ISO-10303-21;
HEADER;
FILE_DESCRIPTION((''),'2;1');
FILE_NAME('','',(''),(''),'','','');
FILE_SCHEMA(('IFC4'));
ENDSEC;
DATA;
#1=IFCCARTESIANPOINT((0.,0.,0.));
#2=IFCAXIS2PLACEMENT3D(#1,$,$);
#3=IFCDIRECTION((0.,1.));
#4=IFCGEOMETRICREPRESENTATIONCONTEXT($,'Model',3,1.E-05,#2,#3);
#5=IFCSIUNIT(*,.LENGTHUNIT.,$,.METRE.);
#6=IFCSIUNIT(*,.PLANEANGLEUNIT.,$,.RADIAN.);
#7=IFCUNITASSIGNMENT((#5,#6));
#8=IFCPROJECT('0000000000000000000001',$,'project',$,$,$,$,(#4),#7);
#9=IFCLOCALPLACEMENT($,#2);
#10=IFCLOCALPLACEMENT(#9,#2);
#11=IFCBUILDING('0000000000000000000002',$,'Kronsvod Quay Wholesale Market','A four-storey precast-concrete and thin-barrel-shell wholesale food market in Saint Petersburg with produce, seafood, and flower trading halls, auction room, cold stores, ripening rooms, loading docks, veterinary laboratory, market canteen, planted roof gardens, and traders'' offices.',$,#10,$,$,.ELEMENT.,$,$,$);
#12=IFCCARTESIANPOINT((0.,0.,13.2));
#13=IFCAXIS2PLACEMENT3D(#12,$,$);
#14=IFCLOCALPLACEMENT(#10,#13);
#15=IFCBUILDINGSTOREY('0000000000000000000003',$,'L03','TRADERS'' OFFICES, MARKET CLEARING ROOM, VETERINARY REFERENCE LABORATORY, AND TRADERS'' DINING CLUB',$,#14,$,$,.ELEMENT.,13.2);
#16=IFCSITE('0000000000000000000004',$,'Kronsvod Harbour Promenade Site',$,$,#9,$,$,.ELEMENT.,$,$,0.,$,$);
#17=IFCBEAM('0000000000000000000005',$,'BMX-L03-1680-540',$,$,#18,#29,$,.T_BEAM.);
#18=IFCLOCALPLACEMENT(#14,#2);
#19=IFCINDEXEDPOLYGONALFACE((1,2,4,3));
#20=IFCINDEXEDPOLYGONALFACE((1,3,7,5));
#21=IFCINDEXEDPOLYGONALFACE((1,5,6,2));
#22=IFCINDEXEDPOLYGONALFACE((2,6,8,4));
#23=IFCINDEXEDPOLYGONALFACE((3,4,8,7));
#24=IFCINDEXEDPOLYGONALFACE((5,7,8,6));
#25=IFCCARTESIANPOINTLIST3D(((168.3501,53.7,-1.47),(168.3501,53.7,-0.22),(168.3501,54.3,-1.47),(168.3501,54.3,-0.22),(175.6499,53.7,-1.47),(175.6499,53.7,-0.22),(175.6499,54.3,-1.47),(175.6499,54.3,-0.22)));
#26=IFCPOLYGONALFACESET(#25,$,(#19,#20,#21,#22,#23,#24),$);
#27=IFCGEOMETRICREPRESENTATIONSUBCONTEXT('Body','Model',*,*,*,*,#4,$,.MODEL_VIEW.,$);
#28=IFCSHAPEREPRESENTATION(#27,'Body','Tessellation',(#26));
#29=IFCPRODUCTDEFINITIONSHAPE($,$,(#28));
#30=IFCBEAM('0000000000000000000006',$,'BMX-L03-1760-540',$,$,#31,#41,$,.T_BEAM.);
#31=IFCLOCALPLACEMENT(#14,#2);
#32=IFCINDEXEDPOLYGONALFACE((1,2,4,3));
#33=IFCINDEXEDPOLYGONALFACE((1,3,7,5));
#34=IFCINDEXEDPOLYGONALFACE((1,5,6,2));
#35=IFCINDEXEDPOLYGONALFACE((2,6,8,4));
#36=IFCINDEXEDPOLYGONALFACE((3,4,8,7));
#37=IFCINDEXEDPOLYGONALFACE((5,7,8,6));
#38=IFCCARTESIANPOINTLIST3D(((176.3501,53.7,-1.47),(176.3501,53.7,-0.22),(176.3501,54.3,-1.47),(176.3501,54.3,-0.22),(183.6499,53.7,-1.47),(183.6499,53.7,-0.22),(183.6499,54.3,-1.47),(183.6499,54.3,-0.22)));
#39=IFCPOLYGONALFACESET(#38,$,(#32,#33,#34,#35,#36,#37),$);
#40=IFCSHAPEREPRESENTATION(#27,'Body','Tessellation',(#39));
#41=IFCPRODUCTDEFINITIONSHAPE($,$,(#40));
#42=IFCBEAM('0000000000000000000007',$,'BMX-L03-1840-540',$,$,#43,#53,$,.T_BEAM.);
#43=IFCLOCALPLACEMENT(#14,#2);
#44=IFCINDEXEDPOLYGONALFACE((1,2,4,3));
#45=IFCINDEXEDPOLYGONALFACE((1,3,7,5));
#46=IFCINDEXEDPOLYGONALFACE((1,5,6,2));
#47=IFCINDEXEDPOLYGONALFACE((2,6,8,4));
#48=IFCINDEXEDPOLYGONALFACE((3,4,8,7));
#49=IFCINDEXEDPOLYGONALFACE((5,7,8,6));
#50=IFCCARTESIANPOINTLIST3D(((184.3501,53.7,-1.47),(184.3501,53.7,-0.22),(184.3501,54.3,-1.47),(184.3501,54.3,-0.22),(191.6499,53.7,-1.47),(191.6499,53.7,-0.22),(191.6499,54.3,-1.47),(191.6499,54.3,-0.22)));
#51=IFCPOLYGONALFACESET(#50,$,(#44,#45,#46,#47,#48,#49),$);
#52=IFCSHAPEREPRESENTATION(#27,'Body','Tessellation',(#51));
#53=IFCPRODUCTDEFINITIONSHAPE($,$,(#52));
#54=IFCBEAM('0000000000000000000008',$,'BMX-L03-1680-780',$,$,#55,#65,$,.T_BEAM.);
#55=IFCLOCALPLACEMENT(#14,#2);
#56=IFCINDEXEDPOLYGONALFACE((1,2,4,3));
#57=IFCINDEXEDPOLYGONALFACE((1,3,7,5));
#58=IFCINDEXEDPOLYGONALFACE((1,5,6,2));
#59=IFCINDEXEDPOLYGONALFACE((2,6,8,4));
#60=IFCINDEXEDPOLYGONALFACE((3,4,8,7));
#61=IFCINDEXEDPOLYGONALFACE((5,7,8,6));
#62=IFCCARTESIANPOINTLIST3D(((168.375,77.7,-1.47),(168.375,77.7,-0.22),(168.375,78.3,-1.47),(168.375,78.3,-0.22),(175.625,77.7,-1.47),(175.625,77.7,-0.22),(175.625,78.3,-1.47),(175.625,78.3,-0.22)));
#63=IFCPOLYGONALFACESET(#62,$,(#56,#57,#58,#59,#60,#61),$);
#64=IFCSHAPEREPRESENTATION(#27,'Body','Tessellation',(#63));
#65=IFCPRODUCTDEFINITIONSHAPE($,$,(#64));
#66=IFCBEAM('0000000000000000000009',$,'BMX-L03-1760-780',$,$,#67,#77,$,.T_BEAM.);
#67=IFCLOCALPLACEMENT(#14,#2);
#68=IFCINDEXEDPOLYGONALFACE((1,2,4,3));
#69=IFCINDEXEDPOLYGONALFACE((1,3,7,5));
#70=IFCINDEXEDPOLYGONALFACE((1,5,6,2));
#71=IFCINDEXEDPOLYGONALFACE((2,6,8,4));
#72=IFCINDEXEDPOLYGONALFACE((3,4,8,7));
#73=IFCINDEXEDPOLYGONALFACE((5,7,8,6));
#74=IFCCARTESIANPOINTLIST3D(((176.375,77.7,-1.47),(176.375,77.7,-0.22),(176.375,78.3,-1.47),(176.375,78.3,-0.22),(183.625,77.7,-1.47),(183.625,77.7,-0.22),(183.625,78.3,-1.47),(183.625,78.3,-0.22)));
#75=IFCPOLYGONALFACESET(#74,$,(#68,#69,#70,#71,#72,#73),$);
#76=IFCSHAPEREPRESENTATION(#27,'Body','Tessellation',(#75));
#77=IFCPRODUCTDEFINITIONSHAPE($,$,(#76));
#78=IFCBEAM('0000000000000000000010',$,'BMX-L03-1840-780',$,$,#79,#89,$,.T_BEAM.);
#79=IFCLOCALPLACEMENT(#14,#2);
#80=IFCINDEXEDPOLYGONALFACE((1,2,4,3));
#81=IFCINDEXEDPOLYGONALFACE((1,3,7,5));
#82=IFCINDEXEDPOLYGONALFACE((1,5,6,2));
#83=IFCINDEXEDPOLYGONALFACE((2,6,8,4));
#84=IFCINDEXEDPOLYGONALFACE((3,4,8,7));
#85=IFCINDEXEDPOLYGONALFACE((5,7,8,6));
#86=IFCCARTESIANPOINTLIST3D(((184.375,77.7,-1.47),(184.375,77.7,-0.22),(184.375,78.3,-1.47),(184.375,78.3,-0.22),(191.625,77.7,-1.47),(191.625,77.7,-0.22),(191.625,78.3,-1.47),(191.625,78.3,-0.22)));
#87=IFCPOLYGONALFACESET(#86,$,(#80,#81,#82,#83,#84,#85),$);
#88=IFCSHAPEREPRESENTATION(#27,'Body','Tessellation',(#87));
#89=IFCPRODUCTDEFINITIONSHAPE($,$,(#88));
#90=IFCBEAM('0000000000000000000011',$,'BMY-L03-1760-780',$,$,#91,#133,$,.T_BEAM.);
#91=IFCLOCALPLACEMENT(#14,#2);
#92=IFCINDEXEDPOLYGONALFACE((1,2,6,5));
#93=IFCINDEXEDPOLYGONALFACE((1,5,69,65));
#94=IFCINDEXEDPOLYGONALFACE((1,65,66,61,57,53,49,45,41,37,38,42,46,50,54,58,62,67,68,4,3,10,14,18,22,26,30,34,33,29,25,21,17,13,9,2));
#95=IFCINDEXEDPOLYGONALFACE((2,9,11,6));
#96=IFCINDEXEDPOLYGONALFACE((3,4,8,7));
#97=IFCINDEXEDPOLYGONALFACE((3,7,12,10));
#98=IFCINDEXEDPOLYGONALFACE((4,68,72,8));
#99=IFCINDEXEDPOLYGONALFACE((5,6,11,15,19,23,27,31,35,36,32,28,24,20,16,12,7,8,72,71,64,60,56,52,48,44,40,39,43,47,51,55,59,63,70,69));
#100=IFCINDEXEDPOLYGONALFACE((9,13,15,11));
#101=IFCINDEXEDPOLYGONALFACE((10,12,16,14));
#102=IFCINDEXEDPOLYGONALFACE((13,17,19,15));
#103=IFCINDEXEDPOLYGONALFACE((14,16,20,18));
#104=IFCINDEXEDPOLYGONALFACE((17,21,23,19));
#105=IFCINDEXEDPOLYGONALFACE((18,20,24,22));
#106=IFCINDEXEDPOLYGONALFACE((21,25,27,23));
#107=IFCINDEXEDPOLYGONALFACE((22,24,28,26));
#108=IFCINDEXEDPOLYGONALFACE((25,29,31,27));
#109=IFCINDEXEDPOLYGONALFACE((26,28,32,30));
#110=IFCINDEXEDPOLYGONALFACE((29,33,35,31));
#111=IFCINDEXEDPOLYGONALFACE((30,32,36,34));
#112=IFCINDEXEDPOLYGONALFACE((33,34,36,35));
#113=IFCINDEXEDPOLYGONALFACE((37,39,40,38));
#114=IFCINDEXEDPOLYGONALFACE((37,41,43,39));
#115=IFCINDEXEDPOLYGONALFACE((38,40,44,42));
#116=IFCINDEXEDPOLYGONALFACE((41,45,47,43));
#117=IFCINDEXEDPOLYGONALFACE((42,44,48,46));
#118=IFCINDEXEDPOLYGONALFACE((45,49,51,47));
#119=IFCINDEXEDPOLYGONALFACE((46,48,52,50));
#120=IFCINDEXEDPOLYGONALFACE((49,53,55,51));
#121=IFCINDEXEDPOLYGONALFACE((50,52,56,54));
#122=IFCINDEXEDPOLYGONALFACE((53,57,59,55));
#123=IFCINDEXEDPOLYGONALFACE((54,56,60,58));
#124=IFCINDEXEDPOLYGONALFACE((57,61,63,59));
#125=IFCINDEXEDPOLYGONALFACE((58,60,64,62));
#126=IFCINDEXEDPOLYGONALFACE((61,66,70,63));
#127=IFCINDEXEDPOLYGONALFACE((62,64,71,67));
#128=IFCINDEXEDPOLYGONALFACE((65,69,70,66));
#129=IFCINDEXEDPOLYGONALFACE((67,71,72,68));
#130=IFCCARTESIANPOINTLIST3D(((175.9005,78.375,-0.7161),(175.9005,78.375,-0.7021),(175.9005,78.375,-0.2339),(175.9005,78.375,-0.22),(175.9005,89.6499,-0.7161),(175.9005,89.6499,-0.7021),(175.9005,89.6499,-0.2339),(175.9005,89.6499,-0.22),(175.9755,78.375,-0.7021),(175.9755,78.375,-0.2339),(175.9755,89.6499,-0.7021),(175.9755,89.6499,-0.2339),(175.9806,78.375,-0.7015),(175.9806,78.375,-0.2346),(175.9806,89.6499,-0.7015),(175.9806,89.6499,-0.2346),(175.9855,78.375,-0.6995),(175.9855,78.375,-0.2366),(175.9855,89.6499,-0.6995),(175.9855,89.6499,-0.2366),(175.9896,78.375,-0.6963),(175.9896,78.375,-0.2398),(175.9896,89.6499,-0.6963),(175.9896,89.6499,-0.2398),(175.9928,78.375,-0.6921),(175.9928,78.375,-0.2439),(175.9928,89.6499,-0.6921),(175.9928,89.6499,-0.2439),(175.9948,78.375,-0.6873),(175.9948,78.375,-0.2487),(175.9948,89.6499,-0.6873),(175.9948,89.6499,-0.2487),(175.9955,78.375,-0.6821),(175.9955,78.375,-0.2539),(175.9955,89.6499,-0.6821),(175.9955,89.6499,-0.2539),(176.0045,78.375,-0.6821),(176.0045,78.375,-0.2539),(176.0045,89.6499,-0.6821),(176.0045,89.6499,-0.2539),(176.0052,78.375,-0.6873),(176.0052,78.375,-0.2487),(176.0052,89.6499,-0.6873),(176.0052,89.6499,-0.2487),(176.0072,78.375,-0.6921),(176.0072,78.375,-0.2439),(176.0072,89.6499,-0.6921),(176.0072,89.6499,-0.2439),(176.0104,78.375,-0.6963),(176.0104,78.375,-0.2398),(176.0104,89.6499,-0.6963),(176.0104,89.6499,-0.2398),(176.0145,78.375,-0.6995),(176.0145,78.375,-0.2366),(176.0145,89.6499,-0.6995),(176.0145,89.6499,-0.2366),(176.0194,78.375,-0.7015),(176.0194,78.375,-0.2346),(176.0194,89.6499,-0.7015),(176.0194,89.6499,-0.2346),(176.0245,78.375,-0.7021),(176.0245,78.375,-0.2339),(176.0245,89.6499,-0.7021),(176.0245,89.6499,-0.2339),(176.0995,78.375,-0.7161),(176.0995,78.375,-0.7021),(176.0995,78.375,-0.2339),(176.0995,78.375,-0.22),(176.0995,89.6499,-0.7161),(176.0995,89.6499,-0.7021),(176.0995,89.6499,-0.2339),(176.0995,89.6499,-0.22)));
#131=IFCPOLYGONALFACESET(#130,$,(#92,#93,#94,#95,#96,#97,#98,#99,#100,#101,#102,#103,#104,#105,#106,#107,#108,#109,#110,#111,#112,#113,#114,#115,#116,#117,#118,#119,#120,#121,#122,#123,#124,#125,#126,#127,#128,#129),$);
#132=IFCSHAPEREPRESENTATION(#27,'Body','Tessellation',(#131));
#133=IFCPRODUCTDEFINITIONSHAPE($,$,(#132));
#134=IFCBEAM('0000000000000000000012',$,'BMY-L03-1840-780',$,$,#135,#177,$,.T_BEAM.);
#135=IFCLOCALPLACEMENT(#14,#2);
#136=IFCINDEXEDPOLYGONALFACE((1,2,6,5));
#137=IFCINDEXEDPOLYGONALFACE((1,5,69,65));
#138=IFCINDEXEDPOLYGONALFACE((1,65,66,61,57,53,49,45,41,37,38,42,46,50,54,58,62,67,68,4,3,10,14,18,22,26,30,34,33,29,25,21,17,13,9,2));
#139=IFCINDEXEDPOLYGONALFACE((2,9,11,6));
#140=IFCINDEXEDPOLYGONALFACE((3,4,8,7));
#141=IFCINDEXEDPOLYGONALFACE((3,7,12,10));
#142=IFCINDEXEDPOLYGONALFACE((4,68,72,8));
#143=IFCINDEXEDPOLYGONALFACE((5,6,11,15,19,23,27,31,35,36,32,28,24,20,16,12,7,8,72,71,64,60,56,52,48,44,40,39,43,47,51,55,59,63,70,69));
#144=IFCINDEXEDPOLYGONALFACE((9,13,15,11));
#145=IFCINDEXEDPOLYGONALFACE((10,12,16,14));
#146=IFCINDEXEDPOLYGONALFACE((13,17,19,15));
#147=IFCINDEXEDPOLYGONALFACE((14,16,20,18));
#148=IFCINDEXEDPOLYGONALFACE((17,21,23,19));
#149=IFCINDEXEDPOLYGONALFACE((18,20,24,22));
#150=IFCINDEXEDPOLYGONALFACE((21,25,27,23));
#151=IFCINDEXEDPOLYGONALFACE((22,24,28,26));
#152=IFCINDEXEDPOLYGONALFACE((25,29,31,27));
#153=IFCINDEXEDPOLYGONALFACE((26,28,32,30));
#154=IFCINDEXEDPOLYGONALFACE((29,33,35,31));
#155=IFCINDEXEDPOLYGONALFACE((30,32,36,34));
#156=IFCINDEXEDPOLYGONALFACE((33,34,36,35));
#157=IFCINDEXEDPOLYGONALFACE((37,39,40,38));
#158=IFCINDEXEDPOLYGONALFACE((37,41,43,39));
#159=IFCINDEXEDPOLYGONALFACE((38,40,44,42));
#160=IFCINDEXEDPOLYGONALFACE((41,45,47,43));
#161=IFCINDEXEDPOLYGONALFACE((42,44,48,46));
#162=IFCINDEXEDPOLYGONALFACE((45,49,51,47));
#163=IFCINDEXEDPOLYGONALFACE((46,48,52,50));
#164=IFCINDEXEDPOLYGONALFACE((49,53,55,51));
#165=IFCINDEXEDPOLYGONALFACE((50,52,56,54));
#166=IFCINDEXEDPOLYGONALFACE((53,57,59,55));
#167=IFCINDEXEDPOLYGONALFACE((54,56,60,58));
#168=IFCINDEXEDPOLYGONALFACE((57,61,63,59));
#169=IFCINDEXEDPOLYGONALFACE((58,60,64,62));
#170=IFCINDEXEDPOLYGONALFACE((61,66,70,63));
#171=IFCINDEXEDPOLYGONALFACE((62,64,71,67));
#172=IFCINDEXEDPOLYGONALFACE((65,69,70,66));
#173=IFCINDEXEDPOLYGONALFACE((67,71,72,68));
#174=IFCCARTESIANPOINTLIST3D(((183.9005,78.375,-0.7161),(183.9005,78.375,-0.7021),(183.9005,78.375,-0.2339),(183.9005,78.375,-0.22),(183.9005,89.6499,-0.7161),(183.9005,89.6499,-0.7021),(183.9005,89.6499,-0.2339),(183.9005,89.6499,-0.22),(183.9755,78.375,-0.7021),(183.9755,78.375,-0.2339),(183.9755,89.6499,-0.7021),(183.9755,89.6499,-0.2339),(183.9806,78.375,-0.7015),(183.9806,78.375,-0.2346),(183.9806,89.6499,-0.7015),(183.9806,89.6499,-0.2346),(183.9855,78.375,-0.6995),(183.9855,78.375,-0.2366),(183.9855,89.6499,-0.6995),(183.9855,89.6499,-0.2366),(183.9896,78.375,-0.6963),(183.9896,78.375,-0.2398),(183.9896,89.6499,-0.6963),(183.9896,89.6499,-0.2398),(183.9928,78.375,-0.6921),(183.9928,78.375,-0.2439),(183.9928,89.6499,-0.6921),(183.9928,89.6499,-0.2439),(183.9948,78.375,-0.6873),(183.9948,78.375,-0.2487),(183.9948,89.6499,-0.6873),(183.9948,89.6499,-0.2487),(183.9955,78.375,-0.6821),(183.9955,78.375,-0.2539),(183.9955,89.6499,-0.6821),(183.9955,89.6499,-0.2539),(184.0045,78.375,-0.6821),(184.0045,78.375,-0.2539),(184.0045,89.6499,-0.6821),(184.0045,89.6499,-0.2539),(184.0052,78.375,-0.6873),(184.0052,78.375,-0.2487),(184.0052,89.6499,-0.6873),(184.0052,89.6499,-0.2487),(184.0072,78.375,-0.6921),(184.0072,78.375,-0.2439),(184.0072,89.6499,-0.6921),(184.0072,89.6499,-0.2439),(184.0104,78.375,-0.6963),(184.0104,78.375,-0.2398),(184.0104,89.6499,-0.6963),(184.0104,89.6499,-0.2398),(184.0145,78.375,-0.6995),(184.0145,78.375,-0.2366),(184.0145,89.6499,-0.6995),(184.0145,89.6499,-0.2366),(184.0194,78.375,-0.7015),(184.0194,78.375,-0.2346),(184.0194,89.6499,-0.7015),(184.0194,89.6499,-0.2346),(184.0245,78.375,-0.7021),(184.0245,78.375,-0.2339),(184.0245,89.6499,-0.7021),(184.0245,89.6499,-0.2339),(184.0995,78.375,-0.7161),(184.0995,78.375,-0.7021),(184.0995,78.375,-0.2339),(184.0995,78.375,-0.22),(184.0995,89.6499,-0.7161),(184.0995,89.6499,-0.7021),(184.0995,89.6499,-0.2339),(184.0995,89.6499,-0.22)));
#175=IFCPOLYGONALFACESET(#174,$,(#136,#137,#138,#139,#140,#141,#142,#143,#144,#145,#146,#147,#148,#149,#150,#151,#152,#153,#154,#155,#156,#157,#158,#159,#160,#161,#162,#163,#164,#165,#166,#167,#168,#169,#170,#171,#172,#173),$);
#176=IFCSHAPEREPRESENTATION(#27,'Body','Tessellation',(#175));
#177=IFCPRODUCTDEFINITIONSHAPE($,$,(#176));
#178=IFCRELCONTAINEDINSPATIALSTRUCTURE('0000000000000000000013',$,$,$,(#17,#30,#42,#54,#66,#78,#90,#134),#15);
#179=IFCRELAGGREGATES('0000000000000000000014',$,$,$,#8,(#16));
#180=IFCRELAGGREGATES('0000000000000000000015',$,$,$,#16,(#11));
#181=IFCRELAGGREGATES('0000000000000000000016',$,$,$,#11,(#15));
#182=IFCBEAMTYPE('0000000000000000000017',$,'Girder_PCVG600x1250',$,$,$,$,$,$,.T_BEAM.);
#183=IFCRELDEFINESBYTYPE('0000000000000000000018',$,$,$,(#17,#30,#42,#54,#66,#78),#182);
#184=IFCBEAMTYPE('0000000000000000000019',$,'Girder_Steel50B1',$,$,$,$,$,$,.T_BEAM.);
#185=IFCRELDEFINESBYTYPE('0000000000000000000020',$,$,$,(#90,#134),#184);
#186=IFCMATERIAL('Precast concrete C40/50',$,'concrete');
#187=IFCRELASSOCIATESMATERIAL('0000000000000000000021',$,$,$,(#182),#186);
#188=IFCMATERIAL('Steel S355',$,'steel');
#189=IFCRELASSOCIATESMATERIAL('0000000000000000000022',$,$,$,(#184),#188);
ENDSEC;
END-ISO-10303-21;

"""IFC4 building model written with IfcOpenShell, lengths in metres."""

from ifc_helpers import new_model, si_unit, direction, frame, origin, origin_2d, place, context, subcontext, project, spatial, rectangle, i_section, extrude, material, material_profile, profile_set, type_object, element, save


model = new_model("IFC4")

# Units and contexts
model_context = context("Model", 3, precision=1e-05, world=origin(), true_north=direction((0.0, 1.0)))
body_context = subcontext(model_context, "Body", "Model", "MODEL_VIEW")
ifc_project = project(units=[si_unit("LENGTHUNIT", "METRE"), si_unit("PLANEANGLEUNIT", "RADIAN")], contexts=[model_context])

# Site, building, storey
site_placement = place(None, origin())
site = spatial("IfcSite", under=ifc_project, at=site_placement, Name="Kronsvod Harbour Promenade Site", CompositionType="ELEMENT", RefElevation=0.0)
building_placement = place(site_placement, origin())
building = spatial("IfcBuilding", under=site, at=building_placement, Name="Kronsvod Quay Wholesale Market", Description="A four-storey precast-concrete and thin-barrel-shell wholesale food market in Saint Petersburg with produce, seafood, and flower trading halls, auction room, cold stores, ripening rooms, loading docks, veterinary laboratory, market canteen, planted roof gardens, and traders' offices.", CompositionType="ELEMENT")
storey_placement = place(building_placement, frame((0.0, 0.0, 13.2)))
storey = spatial("IfcBuildingStorey", under=building, at=storey_placement, Name="L03", Description="TRADERS' OFFICES, MARKET CLEARING ROOM, VETERINARY REFERENCE LABORATORY, AND TRADERS' DINING CLUB", CompositionType="ELEMENT", Elevation=13.2)

# Beams
ifc_material_1 = material(Name="Precast concrete C40/50", Category="concrete")
ifc_material_profile_1 = material_profile(ifc_material_1, rectangle(XDim=0.6001, YDim=1.25, at=origin_2d()), Name="PCVG600x1250")
ifc_profile_set_1 = profile_set([ifc_material_profile_1], Name="Precast concrete C40/50")
beam_type_1 = type_object("IfcBeamType", Name="Girder_PCVG600x1250", PredefinedType="T_BEAM", material=ifc_profile_set_1)
for number, where, z_axis, x_axis, name in (
    (1, (168.3501, 54.0, -0.845), (1.0, 0.0, 0.0), (0.0, 1.0, 0.0), "BMX-L03-1680-540"),
    (2, (176.3501, 54.0, -0.845), (1.0, 0.0, 0.0), (0.0, 1.0, 0.0), "BMX-L03-1760-540"),
    (3, (184.3501, 54.0, -0.845), (1.0, 0.0, 0.0), (0.0, 1.0, 0.0), "BMX-L03-1840-540"),
):
    element("IfcBeam", number, at=place(storey_placement, frame(where, z_axis=z_axis, x_axis=x_axis)), inside=storey, type_object=beam_type_1, Name=name, PredefinedType="T_BEAM", context=body_context, shape_type="SweptSolid", body=[
        extrude(rectangle(XDim=0.6001, YDim=1.25, at=origin_2d()), origin(), (0.0, 0.0, 1.0), 7.2998),
    ])
for number, where, z_axis, x_axis, name in (
    (4, (168.375, 78.0, -0.845), (1.0, 0.0, 0.0), (0.0, 1.0, 0.0), "BMX-L03-1680-780"),
    (5, (176.375, 78.0, -0.845), (1.0, 0.0, 0.0), (0.0, 1.0, 0.0), "BMX-L03-1760-780"),
    (6, (184.375, 78.0, -0.845), (1.0, 0.0, 0.0), (0.0, 1.0, 0.0), "BMX-L03-1840-780"),
):
    element("IfcBeam", number, at=place(storey_placement, frame(where, z_axis=z_axis, x_axis=x_axis)), inside=storey, type_object=beam_type_1, Name=name, PredefinedType="T_BEAM", context=body_context, shape_type="SweptSolid", body=[
        extrude(rectangle(XDim=0.6001, YDim=1.25, at=origin_2d()), origin(), (0.0, 0.0, 1.0), 7.25),
    ])
ifc_material_2 = material(Name="Steel S355", Category="steel")
ifc_material_profile_2 = material_profile(ifc_material_2, i_section(OverallWidth=0.199, OverallDepth=0.4961, WebThickness=0.009, FlangeThickness=0.0139, FilletRadius=0.02, at=origin_2d()), Name="50B1")
ifc_profile_set_2 = profile_set([ifc_material_profile_2], Name="Steel S355")
beam_type_2 = type_object("IfcBeamType", Name="Girder_Steel50B1", PredefinedType="T_BEAM", material=ifc_profile_set_2)
for number, where, z_axis, x_axis, name in (
    (7, (176.0, 78.375, -0.468), (0.0, 1.0, 0.0), (-1.0, 0.0, 0.0), "BMY-L03-1760-780"),
    (8, (184.0, 78.375, -0.468), (0.0, 1.0, 0.0), (-1.0, 0.0, 0.0), "BMY-L03-1840-780"),
):
    element("IfcBeam", number, at=place(storey_placement, frame(where, z_axis=z_axis, x_axis=x_axis)), inside=storey, type_object=beam_type_2, Name=name, PredefinedType="T_BEAM", context=body_context, shape_type="SweptSolid", body=[
        extrude(i_section(OverallWidth=0.199, OverallDepth=0.4961, WebThickness=0.009, FlangeThickness=0.0139, FilletRadius=0.02, at=origin_2d()), origin(), (0.0, 0.0, 1.0), 11.2749),
    ])

save(model, "model.ifc")
